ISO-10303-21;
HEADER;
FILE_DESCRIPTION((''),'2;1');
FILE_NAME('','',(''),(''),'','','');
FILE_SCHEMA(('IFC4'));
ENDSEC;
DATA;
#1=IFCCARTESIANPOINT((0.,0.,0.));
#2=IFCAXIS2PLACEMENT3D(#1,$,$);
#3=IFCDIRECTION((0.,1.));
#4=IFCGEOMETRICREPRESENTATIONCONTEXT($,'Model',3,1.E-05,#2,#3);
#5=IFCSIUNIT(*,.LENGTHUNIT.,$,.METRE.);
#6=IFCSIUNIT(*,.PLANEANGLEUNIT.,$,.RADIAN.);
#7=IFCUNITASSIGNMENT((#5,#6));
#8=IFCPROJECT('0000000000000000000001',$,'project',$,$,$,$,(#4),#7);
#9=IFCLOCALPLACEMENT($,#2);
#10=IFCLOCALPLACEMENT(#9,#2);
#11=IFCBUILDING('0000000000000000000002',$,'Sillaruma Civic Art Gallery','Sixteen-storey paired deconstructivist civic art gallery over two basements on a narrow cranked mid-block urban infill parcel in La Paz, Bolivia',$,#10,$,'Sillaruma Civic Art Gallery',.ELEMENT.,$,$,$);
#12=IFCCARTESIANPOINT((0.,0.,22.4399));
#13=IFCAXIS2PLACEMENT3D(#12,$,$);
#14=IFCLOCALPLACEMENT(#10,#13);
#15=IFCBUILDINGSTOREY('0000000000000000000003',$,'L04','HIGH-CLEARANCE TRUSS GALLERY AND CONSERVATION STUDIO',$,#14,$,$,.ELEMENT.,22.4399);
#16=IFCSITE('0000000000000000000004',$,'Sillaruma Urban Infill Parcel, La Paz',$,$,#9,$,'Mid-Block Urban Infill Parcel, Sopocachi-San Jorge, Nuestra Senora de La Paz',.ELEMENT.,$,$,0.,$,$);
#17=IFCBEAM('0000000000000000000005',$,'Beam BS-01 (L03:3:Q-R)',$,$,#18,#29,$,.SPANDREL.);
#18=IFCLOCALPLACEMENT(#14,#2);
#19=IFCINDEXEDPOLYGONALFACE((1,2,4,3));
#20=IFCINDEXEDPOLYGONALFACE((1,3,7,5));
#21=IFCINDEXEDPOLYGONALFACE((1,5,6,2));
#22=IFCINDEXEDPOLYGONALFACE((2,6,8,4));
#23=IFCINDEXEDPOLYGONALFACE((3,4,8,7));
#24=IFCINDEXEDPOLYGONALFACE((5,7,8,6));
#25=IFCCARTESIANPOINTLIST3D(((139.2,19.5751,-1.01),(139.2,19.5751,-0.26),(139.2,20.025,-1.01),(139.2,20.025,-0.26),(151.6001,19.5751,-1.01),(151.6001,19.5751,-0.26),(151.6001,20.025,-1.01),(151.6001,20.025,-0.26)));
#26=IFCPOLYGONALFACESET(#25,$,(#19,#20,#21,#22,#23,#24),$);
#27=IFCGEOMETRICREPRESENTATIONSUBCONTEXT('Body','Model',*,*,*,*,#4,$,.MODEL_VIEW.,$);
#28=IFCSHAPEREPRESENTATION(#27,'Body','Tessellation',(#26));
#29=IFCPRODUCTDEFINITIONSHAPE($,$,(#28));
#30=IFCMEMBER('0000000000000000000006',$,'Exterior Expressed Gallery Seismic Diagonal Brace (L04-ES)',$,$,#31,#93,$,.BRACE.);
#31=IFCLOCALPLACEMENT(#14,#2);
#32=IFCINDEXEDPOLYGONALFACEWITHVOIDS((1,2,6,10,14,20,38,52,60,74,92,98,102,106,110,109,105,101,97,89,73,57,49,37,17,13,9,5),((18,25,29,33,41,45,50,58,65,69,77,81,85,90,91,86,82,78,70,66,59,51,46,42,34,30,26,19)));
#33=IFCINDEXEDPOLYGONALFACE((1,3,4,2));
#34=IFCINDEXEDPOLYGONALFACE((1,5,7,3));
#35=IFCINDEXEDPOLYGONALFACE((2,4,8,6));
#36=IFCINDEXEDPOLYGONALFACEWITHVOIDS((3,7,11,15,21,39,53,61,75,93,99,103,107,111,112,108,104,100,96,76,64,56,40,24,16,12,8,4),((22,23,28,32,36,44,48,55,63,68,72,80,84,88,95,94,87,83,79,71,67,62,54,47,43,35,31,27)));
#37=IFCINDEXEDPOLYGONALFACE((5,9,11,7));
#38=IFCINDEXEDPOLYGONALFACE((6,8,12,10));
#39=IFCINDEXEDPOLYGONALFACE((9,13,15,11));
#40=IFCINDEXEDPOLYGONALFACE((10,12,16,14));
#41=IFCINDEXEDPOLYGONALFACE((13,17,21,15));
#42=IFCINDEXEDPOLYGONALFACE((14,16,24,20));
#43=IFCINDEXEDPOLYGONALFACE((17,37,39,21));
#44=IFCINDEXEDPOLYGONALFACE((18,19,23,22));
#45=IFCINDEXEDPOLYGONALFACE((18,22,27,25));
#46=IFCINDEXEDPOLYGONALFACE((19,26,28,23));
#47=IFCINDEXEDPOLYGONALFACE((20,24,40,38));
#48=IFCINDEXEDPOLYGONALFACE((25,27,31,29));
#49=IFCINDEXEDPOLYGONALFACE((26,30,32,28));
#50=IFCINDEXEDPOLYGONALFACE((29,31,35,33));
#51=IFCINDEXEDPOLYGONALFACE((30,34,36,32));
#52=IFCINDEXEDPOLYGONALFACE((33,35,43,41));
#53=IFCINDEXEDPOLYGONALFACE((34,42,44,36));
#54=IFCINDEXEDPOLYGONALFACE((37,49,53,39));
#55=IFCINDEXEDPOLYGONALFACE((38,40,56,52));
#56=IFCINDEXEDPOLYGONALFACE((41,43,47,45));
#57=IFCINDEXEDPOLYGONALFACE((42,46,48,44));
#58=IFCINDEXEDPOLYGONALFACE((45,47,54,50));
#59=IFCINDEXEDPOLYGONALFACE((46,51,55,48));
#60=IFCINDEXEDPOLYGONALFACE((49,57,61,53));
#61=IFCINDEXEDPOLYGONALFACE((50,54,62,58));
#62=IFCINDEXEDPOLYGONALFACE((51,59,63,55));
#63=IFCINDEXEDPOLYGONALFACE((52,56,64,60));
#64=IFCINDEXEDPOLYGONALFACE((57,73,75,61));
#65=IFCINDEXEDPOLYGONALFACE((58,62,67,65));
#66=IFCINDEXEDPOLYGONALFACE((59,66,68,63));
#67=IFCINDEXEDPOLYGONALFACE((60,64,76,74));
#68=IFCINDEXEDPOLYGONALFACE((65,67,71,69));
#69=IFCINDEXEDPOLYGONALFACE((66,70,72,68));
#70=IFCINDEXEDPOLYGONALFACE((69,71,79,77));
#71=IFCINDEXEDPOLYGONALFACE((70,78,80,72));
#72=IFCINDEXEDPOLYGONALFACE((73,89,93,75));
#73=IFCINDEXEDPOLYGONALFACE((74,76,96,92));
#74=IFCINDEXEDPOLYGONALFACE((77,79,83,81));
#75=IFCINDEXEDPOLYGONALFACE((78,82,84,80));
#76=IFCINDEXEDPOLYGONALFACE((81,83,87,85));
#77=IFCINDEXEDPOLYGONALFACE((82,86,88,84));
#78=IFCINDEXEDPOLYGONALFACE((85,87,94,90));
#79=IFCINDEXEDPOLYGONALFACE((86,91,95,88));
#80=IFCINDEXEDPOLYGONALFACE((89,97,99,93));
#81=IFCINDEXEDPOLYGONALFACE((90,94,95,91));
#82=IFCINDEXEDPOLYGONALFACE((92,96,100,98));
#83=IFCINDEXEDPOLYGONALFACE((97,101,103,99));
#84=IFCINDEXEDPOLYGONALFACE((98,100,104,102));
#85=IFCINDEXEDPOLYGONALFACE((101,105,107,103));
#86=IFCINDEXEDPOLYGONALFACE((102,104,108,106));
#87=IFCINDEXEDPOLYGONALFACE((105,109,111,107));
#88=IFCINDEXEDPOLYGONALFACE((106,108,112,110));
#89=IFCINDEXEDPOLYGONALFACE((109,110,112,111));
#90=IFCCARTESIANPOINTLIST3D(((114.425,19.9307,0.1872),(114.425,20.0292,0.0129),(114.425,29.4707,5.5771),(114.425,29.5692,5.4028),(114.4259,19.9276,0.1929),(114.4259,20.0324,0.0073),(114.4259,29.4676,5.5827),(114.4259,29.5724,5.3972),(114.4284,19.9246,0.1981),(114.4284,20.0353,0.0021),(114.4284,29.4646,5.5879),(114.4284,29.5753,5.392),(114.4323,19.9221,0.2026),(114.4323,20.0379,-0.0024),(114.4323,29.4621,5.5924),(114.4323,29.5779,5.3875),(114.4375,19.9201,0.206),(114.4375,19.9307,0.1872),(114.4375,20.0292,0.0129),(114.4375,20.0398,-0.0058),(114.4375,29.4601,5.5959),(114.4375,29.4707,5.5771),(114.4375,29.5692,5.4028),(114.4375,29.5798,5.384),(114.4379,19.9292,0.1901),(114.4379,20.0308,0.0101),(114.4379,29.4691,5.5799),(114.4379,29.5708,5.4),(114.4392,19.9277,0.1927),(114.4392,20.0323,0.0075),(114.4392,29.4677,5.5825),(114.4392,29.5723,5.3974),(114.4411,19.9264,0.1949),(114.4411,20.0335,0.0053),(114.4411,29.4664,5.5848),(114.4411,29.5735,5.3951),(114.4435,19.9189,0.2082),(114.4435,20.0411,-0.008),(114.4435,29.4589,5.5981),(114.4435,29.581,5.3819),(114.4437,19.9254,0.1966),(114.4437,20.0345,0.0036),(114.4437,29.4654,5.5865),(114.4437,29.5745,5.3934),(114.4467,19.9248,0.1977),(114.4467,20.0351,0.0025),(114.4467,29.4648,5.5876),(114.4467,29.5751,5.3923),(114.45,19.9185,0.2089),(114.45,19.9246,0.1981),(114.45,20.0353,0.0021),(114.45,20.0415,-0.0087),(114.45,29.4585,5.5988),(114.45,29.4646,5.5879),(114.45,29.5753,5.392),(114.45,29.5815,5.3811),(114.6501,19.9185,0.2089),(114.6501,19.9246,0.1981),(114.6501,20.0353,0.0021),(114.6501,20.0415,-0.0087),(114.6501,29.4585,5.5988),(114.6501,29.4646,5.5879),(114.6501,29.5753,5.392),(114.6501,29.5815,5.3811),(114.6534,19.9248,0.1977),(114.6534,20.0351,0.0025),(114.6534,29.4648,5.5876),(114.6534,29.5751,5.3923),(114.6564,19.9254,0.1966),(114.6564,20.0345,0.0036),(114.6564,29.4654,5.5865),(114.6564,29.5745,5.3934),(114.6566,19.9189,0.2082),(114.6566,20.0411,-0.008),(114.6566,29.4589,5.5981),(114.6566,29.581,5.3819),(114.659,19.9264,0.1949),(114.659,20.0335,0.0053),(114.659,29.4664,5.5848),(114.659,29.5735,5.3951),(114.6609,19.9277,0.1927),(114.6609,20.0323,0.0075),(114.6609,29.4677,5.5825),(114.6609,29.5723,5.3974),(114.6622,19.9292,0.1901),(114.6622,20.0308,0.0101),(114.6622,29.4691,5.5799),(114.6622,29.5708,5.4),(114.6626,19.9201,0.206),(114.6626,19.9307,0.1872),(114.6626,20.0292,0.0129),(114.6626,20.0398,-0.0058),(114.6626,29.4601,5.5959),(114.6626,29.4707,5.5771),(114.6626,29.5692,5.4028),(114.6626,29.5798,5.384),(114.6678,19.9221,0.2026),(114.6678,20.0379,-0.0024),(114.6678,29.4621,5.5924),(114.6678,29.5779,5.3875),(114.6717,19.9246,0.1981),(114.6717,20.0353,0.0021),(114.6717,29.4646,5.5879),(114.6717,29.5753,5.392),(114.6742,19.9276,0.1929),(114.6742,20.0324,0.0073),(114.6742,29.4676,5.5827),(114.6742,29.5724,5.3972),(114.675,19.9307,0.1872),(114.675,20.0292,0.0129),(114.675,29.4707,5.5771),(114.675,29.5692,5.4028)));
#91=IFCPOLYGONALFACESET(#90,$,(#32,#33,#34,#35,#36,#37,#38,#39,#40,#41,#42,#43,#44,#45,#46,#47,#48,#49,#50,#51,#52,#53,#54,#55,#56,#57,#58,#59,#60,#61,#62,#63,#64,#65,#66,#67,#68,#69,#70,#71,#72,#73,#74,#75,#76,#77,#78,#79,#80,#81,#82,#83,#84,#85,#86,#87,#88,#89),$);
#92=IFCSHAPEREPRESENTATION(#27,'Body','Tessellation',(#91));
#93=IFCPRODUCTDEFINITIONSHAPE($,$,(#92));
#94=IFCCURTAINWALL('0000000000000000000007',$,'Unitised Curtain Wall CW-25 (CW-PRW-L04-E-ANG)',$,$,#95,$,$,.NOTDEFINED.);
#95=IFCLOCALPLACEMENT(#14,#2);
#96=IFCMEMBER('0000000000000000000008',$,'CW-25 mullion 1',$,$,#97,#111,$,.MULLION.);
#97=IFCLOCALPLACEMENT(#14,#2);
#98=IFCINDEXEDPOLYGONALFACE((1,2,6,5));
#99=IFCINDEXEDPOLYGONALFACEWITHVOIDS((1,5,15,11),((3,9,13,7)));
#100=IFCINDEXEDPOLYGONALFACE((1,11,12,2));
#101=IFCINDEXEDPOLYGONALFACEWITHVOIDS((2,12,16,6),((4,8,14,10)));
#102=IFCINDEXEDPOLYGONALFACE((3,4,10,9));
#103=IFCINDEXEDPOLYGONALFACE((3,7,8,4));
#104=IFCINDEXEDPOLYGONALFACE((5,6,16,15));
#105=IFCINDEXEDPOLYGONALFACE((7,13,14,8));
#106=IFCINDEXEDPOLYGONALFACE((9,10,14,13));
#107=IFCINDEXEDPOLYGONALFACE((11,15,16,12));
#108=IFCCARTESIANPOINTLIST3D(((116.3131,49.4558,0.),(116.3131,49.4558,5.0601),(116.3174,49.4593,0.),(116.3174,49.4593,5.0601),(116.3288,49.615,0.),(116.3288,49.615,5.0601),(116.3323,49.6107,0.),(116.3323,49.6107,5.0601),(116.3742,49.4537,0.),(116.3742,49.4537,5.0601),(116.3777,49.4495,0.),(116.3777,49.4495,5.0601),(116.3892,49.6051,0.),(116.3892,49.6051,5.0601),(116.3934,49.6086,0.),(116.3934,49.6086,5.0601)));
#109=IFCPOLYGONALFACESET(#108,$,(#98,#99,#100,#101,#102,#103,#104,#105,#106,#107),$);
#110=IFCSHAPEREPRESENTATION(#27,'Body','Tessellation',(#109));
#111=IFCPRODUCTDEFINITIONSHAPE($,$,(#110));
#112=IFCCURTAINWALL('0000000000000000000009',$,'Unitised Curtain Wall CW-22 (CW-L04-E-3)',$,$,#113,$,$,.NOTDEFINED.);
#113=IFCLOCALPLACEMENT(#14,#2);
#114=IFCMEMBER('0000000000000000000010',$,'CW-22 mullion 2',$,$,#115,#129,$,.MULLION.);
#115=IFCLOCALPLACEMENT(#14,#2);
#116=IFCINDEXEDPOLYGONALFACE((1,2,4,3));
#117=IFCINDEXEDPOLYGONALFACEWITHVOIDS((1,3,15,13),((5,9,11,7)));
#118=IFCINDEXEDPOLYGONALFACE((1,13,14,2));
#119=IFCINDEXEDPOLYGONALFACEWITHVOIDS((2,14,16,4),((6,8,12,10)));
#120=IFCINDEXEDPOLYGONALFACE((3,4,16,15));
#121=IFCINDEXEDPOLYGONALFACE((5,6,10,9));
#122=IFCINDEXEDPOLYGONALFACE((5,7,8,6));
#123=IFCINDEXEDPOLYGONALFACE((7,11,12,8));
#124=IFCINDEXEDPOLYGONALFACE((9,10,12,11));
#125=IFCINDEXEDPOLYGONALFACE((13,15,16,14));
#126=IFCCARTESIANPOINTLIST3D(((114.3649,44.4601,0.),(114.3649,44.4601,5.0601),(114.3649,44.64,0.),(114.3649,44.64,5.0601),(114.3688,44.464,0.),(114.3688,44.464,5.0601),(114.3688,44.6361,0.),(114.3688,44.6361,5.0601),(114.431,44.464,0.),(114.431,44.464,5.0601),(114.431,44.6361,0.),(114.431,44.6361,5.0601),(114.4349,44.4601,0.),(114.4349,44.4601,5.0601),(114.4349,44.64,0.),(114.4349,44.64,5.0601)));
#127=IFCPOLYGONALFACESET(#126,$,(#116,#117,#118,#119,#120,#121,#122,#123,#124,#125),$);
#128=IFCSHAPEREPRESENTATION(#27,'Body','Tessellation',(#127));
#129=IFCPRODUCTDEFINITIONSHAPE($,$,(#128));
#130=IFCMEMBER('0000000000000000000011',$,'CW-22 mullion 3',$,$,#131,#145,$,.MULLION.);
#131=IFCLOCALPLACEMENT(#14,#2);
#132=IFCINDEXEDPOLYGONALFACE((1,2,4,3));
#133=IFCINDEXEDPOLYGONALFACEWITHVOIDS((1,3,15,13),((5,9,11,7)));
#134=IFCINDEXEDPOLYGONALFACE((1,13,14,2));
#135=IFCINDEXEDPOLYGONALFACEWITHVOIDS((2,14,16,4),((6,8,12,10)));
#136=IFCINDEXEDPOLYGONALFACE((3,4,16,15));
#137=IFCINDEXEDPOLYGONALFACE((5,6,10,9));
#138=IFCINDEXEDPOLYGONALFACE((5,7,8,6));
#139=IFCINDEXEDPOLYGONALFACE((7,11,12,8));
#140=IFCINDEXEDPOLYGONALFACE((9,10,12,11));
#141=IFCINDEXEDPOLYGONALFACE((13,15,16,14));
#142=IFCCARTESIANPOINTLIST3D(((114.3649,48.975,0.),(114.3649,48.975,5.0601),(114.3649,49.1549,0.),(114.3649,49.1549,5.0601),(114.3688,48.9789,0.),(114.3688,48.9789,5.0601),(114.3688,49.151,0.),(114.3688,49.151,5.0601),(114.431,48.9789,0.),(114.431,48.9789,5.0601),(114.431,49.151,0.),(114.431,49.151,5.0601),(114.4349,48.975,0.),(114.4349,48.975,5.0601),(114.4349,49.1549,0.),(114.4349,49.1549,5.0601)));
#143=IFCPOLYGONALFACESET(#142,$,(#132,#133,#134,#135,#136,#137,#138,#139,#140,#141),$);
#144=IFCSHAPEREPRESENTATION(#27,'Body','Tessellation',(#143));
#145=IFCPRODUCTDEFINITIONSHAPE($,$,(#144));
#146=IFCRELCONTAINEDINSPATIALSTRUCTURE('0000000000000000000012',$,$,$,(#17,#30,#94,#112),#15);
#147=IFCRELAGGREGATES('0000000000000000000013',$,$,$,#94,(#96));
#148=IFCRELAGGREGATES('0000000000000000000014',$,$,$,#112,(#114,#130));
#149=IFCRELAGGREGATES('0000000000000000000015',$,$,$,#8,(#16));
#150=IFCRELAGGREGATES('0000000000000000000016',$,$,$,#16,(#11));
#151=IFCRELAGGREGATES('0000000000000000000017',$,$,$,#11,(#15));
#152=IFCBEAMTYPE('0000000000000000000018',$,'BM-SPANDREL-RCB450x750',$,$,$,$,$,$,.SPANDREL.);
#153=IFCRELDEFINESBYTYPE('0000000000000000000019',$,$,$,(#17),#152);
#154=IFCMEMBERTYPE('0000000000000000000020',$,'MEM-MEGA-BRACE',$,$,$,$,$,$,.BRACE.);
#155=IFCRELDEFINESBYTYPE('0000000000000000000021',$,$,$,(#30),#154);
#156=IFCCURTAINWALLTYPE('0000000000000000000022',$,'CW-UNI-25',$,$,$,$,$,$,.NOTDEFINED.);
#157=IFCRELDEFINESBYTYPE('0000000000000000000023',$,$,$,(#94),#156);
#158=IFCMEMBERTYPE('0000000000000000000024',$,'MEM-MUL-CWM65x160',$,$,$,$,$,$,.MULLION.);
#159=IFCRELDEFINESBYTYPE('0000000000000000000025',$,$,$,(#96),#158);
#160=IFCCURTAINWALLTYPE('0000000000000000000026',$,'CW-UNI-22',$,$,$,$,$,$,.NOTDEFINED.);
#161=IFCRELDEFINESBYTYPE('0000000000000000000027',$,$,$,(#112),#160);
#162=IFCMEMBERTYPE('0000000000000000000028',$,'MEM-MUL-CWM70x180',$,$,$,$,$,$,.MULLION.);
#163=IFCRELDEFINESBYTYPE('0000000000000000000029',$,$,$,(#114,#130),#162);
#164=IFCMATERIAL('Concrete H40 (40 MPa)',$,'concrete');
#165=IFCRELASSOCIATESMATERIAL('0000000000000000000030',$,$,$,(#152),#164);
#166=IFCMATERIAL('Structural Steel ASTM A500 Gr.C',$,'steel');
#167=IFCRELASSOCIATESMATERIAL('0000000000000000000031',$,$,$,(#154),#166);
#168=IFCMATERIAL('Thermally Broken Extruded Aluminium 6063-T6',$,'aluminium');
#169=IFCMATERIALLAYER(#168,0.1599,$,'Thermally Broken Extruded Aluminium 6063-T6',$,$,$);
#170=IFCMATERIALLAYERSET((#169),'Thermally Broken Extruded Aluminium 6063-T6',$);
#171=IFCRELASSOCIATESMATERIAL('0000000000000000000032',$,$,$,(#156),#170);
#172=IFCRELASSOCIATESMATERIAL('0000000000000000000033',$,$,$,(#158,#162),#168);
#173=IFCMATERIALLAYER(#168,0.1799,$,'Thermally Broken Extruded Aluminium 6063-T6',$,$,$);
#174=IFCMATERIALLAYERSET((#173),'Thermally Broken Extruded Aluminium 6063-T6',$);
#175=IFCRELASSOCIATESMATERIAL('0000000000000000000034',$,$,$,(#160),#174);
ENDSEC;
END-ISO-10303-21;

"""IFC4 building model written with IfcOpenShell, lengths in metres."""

from ifc_helpers import new_model, si_unit, direction, frame, origin, origin_2d, place, context, subcontext, project, spatial, rectangle, hollow_rectangle, extrude, material, layer, layer_set, material_profile, profile_set, type_object, element, aggregate, save


model = new_model("IFC4")

# Units and contexts
model_context = context("Model", 3, precision=1e-05, world=origin(), true_north=direction((0.0, 1.0)))
body_context = subcontext(model_context, "Body", "Model", "MODEL_VIEW")
ifc_project = project(units=[si_unit("LENGTHUNIT", "METRE"), si_unit("PLANEANGLEUNIT", "RADIAN")], contexts=[model_context])

# Site, building, storey
site_placement = place(None, origin())
site = spatial("IfcSite", under=ifc_project, at=site_placement, Name="Sillaruma Urban Infill Parcel, La Paz", LongName="Mid-Block Urban Infill Parcel, Sopocachi-San Jorge, Nuestra Senora de La Paz", CompositionType="ELEMENT", RefElevation=0.0)
building_placement = place(site_placement, origin())
building = spatial("IfcBuilding", under=site, at=building_placement, Name="Sillaruma Civic Art Gallery", Description="Sixteen-storey paired deconstructivist civic art gallery over two basements on a narrow cranked mid-block urban infill parcel in La Paz, Bolivia", LongName="Sillaruma Civic Art Gallery", CompositionType="ELEMENT")
storey_placement = place(building_placement, frame((0.0, 0.0, 22.4399)))
storey = spatial("IfcBuildingStorey", under=building, at=storey_placement, Name="L04", Description="HIGH-CLEARANCE TRUSS GALLERY AND CONSERVATION STUDIO", CompositionType="ELEMENT", Elevation=22.4399)

# Shared definitions
ifc_material_1 = material(Name="Concrete H40 (40 MPa)", Category="concrete")

# Beam
ifc_material_profile_1 = material_profile(ifc_material_1, rectangle(XDim=0.45, YDim=0.75, at=origin_2d()), Name="RCB450x750")
ifc_profile_set_1 = profile_set([ifc_material_profile_1], Name="Concrete H40 (40 MPa)")
beam_type_1 = type_object("IfcBeamType", Name="BM-SPANDREL-RCB450x750", PredefinedType="SPANDREL", material=ifc_profile_set_1)
beam_1_placement = place(storey_placement, frame((139.2, 19.8, -0.635), z_axis=(1.0, 0.0, 0.0), x_axis=(0.0, 1.0, 0.0)))
element("IfcBeam", 1, at=beam_1_placement, inside=storey, type_object=beam_type_1, Name="Beam BS-01 (L03:3:Q-R)", PredefinedType="SPANDREL", context=body_context, shape_type="SweptSolid", body=[
    extrude(rectangle(XDim=0.45, YDim=0.75, at=origin_2d()), origin(), (0.0, 0.0, 1.0), 12.4001),
])

# Member
ifc_material_2 = material(Name="Structural Steel ASTM A500 Gr.C", Category="steel")
ifc_material_profile_2 = material_profile(ifc_material_2, hollow_rectangle(XDim=0.25, YDim=0.25, WallThickness=0.0125, InnerFilletRadius=0.0125, OuterFilletRadius=0.0249, at=origin_2d()), Name="HSS250x250x12.5")
ifc_profile_set_2 = profile_set([ifc_material_profile_2], Name="Structural Steel ASTM A500 Gr.C")
member_type_1 = type_object("IfcMemberType", Name="MEM-MEGA-BRACE", PredefinedType="BRACE", material=ifc_profile_set_2)
member_1_placement = place(storey_placement, frame((114.55, 19.98, 0.1001), z_axis=(0.0, 0.870653, 0.491898), x_axis=(-1.0, 0.0, 0.0)))
element("IfcMember", 2, at=member_1_placement, inside=storey, type_object=member_type_1, Name="Exterior Expressed Gallery Seismic Diagonal Brace (L04-ES)", PredefinedType="BRACE", context=body_context, shape_type="SweptSolid", body=[
    extrude(hollow_rectangle(XDim=0.25, YDim=0.25, WallThickness=0.0125, InnerFilletRadius=0.0125, OuterFilletRadius=0.0249, at=origin_2d()), origin(), (0.0, 0.0, 1.0), 10.9573),
])

# Curtain wall, member
ifc_material_3 = material(Name="Thermally Broken Extruded Aluminium 6063-T6", Category="aluminium")
ifc_layer_1 = layer(ifc_material_3, 0.1599, Name="Thermally Broken Extruded Aluminium 6063-T6")
ifc_layer_set_1 = layer_set([ifc_layer_1], Name="Thermally Broken Extruded Aluminium 6063-T6")
curtain_wall_type_1 = type_object("IfcCurtainWallType", Name="CW-UNI-25", PredefinedType="NOTDEFINED", material=ifc_layer_set_1)
curtain_wall_1_placement = place(storey_placement, origin())
curtain_wall_1 = element("IfcCurtainWall", 3, at=curtain_wall_1_placement, inside=storey, type_object=curtain_wall_type_1, Name="Unitised Curtain Wall CW-25 (CW-PRW-L04-E-ANG)", PredefinedType="NOTDEFINED")
ifc_material_profile_3 = material_profile(ifc_material_3, hollow_rectangle(XDim=0.0649, YDim=0.1599, WallThickness=0.0039, at=origin_2d()), Name="CWM65x160")
ifc_profile_set_3 = profile_set([ifc_material_profile_3], Name="Thermally Broken Extruded Aluminium 6063-T6")
member_type_2 = type_object("IfcMemberType", Name="MEM-MUL-CWM65x160", PredefinedType="MULLION", material=ifc_profile_set_3)
member_2_placement = place(storey_placement, frame((116.3533, 49.5322, 0.0), z_axis=(0.0, 0.0, 1.0), x_axis=(-0.995185, 0.098011, 0.0)))
member_2 = element("IfcMember", 4, at=member_2_placement, type_object=member_type_2, Name="CW-25 mullion 1", PredefinedType="MULLION", context=body_context, shape_type="SweptSolid", body=[
    extrude(hollow_rectangle(XDim=0.0649, YDim=0.1599, WallThickness=0.0039, at=origin_2d()), origin(), (0.0, 0.0, 1.0), 5.0601),
])

# Curtain wall, members
ifc_layer_2 = layer(ifc_material_3, 0.1799, Name="Thermally Broken Extruded Aluminium 6063-T6")
ifc_layer_set_2 = layer_set([ifc_layer_2], Name="Thermally Broken Extruded Aluminium 6063-T6")
curtain_wall_type_2 = type_object("IfcCurtainWallType", Name="CW-UNI-22", PredefinedType="NOTDEFINED", material=ifc_layer_set_2)
curtain_wall_2_placement = place(storey_placement, origin())
curtain_wall_2 = element("IfcCurtainWall", 5, at=curtain_wall_2_placement, inside=storey, type_object=curtain_wall_type_2, Name="Unitised Curtain Wall CW-22 (CW-L04-E-3)", PredefinedType="NOTDEFINED")
ifc_material_profile_4 = material_profile(ifc_material_3, hollow_rectangle(XDim=0.0701, YDim=0.1799, WallThickness=0.0039, at=origin_2d()), Name="CWM70x180")
ifc_profile_set_4 = profile_set([ifc_material_profile_4], Name="Thermally Broken Extruded Aluminium 6063-T6")
member_type_3 = type_object("IfcMemberType", Name="MEM-MUL-CWM70x180", PredefinedType="MULLION", material=ifc_profile_set_4)
member_3_placement = place(storey_placement, frame((114.3999, 44.55, 0.0), z_axis=(0.0, 0.0, 1.0), x_axis=(-1.0, 0.0, 0.0)))
member_3 = element("IfcMember", 6, at=member_3_placement, type_object=member_type_3, Name="CW-22 mullion 2", PredefinedType="MULLION", context=body_context, shape_type="SweptSolid", body=[
    extrude(hollow_rectangle(XDim=0.0701, YDim=0.1799, WallThickness=0.0039, at=origin_2d()), origin(), (0.0, 0.0, 1.0), 5.0601),
])
member_4_placement = place(storey_placement, frame((114.3999, 49.0649, 0.0), z_axis=(0.0, 0.0, 1.0), x_axis=(-1.0, 0.0, 0.0)))
member_4 = element("IfcMember", 7, at=member_4_placement, type_object=member_type_3, Name="CW-22 mullion 3", PredefinedType="MULLION", context=body_context, shape_type="SweptSolid", body=[
    extrude(hollow_rectangle(XDim=0.0701, YDim=0.1799, WallThickness=0.0039, at=origin_2d()), origin(), (0.0, 0.0, 1.0), 5.0601),
])

aggregate(curtain_wall_1, [member_2])

aggregate(curtain_wall_2, [member_3, member_4])

save(model, "model.ifc")
